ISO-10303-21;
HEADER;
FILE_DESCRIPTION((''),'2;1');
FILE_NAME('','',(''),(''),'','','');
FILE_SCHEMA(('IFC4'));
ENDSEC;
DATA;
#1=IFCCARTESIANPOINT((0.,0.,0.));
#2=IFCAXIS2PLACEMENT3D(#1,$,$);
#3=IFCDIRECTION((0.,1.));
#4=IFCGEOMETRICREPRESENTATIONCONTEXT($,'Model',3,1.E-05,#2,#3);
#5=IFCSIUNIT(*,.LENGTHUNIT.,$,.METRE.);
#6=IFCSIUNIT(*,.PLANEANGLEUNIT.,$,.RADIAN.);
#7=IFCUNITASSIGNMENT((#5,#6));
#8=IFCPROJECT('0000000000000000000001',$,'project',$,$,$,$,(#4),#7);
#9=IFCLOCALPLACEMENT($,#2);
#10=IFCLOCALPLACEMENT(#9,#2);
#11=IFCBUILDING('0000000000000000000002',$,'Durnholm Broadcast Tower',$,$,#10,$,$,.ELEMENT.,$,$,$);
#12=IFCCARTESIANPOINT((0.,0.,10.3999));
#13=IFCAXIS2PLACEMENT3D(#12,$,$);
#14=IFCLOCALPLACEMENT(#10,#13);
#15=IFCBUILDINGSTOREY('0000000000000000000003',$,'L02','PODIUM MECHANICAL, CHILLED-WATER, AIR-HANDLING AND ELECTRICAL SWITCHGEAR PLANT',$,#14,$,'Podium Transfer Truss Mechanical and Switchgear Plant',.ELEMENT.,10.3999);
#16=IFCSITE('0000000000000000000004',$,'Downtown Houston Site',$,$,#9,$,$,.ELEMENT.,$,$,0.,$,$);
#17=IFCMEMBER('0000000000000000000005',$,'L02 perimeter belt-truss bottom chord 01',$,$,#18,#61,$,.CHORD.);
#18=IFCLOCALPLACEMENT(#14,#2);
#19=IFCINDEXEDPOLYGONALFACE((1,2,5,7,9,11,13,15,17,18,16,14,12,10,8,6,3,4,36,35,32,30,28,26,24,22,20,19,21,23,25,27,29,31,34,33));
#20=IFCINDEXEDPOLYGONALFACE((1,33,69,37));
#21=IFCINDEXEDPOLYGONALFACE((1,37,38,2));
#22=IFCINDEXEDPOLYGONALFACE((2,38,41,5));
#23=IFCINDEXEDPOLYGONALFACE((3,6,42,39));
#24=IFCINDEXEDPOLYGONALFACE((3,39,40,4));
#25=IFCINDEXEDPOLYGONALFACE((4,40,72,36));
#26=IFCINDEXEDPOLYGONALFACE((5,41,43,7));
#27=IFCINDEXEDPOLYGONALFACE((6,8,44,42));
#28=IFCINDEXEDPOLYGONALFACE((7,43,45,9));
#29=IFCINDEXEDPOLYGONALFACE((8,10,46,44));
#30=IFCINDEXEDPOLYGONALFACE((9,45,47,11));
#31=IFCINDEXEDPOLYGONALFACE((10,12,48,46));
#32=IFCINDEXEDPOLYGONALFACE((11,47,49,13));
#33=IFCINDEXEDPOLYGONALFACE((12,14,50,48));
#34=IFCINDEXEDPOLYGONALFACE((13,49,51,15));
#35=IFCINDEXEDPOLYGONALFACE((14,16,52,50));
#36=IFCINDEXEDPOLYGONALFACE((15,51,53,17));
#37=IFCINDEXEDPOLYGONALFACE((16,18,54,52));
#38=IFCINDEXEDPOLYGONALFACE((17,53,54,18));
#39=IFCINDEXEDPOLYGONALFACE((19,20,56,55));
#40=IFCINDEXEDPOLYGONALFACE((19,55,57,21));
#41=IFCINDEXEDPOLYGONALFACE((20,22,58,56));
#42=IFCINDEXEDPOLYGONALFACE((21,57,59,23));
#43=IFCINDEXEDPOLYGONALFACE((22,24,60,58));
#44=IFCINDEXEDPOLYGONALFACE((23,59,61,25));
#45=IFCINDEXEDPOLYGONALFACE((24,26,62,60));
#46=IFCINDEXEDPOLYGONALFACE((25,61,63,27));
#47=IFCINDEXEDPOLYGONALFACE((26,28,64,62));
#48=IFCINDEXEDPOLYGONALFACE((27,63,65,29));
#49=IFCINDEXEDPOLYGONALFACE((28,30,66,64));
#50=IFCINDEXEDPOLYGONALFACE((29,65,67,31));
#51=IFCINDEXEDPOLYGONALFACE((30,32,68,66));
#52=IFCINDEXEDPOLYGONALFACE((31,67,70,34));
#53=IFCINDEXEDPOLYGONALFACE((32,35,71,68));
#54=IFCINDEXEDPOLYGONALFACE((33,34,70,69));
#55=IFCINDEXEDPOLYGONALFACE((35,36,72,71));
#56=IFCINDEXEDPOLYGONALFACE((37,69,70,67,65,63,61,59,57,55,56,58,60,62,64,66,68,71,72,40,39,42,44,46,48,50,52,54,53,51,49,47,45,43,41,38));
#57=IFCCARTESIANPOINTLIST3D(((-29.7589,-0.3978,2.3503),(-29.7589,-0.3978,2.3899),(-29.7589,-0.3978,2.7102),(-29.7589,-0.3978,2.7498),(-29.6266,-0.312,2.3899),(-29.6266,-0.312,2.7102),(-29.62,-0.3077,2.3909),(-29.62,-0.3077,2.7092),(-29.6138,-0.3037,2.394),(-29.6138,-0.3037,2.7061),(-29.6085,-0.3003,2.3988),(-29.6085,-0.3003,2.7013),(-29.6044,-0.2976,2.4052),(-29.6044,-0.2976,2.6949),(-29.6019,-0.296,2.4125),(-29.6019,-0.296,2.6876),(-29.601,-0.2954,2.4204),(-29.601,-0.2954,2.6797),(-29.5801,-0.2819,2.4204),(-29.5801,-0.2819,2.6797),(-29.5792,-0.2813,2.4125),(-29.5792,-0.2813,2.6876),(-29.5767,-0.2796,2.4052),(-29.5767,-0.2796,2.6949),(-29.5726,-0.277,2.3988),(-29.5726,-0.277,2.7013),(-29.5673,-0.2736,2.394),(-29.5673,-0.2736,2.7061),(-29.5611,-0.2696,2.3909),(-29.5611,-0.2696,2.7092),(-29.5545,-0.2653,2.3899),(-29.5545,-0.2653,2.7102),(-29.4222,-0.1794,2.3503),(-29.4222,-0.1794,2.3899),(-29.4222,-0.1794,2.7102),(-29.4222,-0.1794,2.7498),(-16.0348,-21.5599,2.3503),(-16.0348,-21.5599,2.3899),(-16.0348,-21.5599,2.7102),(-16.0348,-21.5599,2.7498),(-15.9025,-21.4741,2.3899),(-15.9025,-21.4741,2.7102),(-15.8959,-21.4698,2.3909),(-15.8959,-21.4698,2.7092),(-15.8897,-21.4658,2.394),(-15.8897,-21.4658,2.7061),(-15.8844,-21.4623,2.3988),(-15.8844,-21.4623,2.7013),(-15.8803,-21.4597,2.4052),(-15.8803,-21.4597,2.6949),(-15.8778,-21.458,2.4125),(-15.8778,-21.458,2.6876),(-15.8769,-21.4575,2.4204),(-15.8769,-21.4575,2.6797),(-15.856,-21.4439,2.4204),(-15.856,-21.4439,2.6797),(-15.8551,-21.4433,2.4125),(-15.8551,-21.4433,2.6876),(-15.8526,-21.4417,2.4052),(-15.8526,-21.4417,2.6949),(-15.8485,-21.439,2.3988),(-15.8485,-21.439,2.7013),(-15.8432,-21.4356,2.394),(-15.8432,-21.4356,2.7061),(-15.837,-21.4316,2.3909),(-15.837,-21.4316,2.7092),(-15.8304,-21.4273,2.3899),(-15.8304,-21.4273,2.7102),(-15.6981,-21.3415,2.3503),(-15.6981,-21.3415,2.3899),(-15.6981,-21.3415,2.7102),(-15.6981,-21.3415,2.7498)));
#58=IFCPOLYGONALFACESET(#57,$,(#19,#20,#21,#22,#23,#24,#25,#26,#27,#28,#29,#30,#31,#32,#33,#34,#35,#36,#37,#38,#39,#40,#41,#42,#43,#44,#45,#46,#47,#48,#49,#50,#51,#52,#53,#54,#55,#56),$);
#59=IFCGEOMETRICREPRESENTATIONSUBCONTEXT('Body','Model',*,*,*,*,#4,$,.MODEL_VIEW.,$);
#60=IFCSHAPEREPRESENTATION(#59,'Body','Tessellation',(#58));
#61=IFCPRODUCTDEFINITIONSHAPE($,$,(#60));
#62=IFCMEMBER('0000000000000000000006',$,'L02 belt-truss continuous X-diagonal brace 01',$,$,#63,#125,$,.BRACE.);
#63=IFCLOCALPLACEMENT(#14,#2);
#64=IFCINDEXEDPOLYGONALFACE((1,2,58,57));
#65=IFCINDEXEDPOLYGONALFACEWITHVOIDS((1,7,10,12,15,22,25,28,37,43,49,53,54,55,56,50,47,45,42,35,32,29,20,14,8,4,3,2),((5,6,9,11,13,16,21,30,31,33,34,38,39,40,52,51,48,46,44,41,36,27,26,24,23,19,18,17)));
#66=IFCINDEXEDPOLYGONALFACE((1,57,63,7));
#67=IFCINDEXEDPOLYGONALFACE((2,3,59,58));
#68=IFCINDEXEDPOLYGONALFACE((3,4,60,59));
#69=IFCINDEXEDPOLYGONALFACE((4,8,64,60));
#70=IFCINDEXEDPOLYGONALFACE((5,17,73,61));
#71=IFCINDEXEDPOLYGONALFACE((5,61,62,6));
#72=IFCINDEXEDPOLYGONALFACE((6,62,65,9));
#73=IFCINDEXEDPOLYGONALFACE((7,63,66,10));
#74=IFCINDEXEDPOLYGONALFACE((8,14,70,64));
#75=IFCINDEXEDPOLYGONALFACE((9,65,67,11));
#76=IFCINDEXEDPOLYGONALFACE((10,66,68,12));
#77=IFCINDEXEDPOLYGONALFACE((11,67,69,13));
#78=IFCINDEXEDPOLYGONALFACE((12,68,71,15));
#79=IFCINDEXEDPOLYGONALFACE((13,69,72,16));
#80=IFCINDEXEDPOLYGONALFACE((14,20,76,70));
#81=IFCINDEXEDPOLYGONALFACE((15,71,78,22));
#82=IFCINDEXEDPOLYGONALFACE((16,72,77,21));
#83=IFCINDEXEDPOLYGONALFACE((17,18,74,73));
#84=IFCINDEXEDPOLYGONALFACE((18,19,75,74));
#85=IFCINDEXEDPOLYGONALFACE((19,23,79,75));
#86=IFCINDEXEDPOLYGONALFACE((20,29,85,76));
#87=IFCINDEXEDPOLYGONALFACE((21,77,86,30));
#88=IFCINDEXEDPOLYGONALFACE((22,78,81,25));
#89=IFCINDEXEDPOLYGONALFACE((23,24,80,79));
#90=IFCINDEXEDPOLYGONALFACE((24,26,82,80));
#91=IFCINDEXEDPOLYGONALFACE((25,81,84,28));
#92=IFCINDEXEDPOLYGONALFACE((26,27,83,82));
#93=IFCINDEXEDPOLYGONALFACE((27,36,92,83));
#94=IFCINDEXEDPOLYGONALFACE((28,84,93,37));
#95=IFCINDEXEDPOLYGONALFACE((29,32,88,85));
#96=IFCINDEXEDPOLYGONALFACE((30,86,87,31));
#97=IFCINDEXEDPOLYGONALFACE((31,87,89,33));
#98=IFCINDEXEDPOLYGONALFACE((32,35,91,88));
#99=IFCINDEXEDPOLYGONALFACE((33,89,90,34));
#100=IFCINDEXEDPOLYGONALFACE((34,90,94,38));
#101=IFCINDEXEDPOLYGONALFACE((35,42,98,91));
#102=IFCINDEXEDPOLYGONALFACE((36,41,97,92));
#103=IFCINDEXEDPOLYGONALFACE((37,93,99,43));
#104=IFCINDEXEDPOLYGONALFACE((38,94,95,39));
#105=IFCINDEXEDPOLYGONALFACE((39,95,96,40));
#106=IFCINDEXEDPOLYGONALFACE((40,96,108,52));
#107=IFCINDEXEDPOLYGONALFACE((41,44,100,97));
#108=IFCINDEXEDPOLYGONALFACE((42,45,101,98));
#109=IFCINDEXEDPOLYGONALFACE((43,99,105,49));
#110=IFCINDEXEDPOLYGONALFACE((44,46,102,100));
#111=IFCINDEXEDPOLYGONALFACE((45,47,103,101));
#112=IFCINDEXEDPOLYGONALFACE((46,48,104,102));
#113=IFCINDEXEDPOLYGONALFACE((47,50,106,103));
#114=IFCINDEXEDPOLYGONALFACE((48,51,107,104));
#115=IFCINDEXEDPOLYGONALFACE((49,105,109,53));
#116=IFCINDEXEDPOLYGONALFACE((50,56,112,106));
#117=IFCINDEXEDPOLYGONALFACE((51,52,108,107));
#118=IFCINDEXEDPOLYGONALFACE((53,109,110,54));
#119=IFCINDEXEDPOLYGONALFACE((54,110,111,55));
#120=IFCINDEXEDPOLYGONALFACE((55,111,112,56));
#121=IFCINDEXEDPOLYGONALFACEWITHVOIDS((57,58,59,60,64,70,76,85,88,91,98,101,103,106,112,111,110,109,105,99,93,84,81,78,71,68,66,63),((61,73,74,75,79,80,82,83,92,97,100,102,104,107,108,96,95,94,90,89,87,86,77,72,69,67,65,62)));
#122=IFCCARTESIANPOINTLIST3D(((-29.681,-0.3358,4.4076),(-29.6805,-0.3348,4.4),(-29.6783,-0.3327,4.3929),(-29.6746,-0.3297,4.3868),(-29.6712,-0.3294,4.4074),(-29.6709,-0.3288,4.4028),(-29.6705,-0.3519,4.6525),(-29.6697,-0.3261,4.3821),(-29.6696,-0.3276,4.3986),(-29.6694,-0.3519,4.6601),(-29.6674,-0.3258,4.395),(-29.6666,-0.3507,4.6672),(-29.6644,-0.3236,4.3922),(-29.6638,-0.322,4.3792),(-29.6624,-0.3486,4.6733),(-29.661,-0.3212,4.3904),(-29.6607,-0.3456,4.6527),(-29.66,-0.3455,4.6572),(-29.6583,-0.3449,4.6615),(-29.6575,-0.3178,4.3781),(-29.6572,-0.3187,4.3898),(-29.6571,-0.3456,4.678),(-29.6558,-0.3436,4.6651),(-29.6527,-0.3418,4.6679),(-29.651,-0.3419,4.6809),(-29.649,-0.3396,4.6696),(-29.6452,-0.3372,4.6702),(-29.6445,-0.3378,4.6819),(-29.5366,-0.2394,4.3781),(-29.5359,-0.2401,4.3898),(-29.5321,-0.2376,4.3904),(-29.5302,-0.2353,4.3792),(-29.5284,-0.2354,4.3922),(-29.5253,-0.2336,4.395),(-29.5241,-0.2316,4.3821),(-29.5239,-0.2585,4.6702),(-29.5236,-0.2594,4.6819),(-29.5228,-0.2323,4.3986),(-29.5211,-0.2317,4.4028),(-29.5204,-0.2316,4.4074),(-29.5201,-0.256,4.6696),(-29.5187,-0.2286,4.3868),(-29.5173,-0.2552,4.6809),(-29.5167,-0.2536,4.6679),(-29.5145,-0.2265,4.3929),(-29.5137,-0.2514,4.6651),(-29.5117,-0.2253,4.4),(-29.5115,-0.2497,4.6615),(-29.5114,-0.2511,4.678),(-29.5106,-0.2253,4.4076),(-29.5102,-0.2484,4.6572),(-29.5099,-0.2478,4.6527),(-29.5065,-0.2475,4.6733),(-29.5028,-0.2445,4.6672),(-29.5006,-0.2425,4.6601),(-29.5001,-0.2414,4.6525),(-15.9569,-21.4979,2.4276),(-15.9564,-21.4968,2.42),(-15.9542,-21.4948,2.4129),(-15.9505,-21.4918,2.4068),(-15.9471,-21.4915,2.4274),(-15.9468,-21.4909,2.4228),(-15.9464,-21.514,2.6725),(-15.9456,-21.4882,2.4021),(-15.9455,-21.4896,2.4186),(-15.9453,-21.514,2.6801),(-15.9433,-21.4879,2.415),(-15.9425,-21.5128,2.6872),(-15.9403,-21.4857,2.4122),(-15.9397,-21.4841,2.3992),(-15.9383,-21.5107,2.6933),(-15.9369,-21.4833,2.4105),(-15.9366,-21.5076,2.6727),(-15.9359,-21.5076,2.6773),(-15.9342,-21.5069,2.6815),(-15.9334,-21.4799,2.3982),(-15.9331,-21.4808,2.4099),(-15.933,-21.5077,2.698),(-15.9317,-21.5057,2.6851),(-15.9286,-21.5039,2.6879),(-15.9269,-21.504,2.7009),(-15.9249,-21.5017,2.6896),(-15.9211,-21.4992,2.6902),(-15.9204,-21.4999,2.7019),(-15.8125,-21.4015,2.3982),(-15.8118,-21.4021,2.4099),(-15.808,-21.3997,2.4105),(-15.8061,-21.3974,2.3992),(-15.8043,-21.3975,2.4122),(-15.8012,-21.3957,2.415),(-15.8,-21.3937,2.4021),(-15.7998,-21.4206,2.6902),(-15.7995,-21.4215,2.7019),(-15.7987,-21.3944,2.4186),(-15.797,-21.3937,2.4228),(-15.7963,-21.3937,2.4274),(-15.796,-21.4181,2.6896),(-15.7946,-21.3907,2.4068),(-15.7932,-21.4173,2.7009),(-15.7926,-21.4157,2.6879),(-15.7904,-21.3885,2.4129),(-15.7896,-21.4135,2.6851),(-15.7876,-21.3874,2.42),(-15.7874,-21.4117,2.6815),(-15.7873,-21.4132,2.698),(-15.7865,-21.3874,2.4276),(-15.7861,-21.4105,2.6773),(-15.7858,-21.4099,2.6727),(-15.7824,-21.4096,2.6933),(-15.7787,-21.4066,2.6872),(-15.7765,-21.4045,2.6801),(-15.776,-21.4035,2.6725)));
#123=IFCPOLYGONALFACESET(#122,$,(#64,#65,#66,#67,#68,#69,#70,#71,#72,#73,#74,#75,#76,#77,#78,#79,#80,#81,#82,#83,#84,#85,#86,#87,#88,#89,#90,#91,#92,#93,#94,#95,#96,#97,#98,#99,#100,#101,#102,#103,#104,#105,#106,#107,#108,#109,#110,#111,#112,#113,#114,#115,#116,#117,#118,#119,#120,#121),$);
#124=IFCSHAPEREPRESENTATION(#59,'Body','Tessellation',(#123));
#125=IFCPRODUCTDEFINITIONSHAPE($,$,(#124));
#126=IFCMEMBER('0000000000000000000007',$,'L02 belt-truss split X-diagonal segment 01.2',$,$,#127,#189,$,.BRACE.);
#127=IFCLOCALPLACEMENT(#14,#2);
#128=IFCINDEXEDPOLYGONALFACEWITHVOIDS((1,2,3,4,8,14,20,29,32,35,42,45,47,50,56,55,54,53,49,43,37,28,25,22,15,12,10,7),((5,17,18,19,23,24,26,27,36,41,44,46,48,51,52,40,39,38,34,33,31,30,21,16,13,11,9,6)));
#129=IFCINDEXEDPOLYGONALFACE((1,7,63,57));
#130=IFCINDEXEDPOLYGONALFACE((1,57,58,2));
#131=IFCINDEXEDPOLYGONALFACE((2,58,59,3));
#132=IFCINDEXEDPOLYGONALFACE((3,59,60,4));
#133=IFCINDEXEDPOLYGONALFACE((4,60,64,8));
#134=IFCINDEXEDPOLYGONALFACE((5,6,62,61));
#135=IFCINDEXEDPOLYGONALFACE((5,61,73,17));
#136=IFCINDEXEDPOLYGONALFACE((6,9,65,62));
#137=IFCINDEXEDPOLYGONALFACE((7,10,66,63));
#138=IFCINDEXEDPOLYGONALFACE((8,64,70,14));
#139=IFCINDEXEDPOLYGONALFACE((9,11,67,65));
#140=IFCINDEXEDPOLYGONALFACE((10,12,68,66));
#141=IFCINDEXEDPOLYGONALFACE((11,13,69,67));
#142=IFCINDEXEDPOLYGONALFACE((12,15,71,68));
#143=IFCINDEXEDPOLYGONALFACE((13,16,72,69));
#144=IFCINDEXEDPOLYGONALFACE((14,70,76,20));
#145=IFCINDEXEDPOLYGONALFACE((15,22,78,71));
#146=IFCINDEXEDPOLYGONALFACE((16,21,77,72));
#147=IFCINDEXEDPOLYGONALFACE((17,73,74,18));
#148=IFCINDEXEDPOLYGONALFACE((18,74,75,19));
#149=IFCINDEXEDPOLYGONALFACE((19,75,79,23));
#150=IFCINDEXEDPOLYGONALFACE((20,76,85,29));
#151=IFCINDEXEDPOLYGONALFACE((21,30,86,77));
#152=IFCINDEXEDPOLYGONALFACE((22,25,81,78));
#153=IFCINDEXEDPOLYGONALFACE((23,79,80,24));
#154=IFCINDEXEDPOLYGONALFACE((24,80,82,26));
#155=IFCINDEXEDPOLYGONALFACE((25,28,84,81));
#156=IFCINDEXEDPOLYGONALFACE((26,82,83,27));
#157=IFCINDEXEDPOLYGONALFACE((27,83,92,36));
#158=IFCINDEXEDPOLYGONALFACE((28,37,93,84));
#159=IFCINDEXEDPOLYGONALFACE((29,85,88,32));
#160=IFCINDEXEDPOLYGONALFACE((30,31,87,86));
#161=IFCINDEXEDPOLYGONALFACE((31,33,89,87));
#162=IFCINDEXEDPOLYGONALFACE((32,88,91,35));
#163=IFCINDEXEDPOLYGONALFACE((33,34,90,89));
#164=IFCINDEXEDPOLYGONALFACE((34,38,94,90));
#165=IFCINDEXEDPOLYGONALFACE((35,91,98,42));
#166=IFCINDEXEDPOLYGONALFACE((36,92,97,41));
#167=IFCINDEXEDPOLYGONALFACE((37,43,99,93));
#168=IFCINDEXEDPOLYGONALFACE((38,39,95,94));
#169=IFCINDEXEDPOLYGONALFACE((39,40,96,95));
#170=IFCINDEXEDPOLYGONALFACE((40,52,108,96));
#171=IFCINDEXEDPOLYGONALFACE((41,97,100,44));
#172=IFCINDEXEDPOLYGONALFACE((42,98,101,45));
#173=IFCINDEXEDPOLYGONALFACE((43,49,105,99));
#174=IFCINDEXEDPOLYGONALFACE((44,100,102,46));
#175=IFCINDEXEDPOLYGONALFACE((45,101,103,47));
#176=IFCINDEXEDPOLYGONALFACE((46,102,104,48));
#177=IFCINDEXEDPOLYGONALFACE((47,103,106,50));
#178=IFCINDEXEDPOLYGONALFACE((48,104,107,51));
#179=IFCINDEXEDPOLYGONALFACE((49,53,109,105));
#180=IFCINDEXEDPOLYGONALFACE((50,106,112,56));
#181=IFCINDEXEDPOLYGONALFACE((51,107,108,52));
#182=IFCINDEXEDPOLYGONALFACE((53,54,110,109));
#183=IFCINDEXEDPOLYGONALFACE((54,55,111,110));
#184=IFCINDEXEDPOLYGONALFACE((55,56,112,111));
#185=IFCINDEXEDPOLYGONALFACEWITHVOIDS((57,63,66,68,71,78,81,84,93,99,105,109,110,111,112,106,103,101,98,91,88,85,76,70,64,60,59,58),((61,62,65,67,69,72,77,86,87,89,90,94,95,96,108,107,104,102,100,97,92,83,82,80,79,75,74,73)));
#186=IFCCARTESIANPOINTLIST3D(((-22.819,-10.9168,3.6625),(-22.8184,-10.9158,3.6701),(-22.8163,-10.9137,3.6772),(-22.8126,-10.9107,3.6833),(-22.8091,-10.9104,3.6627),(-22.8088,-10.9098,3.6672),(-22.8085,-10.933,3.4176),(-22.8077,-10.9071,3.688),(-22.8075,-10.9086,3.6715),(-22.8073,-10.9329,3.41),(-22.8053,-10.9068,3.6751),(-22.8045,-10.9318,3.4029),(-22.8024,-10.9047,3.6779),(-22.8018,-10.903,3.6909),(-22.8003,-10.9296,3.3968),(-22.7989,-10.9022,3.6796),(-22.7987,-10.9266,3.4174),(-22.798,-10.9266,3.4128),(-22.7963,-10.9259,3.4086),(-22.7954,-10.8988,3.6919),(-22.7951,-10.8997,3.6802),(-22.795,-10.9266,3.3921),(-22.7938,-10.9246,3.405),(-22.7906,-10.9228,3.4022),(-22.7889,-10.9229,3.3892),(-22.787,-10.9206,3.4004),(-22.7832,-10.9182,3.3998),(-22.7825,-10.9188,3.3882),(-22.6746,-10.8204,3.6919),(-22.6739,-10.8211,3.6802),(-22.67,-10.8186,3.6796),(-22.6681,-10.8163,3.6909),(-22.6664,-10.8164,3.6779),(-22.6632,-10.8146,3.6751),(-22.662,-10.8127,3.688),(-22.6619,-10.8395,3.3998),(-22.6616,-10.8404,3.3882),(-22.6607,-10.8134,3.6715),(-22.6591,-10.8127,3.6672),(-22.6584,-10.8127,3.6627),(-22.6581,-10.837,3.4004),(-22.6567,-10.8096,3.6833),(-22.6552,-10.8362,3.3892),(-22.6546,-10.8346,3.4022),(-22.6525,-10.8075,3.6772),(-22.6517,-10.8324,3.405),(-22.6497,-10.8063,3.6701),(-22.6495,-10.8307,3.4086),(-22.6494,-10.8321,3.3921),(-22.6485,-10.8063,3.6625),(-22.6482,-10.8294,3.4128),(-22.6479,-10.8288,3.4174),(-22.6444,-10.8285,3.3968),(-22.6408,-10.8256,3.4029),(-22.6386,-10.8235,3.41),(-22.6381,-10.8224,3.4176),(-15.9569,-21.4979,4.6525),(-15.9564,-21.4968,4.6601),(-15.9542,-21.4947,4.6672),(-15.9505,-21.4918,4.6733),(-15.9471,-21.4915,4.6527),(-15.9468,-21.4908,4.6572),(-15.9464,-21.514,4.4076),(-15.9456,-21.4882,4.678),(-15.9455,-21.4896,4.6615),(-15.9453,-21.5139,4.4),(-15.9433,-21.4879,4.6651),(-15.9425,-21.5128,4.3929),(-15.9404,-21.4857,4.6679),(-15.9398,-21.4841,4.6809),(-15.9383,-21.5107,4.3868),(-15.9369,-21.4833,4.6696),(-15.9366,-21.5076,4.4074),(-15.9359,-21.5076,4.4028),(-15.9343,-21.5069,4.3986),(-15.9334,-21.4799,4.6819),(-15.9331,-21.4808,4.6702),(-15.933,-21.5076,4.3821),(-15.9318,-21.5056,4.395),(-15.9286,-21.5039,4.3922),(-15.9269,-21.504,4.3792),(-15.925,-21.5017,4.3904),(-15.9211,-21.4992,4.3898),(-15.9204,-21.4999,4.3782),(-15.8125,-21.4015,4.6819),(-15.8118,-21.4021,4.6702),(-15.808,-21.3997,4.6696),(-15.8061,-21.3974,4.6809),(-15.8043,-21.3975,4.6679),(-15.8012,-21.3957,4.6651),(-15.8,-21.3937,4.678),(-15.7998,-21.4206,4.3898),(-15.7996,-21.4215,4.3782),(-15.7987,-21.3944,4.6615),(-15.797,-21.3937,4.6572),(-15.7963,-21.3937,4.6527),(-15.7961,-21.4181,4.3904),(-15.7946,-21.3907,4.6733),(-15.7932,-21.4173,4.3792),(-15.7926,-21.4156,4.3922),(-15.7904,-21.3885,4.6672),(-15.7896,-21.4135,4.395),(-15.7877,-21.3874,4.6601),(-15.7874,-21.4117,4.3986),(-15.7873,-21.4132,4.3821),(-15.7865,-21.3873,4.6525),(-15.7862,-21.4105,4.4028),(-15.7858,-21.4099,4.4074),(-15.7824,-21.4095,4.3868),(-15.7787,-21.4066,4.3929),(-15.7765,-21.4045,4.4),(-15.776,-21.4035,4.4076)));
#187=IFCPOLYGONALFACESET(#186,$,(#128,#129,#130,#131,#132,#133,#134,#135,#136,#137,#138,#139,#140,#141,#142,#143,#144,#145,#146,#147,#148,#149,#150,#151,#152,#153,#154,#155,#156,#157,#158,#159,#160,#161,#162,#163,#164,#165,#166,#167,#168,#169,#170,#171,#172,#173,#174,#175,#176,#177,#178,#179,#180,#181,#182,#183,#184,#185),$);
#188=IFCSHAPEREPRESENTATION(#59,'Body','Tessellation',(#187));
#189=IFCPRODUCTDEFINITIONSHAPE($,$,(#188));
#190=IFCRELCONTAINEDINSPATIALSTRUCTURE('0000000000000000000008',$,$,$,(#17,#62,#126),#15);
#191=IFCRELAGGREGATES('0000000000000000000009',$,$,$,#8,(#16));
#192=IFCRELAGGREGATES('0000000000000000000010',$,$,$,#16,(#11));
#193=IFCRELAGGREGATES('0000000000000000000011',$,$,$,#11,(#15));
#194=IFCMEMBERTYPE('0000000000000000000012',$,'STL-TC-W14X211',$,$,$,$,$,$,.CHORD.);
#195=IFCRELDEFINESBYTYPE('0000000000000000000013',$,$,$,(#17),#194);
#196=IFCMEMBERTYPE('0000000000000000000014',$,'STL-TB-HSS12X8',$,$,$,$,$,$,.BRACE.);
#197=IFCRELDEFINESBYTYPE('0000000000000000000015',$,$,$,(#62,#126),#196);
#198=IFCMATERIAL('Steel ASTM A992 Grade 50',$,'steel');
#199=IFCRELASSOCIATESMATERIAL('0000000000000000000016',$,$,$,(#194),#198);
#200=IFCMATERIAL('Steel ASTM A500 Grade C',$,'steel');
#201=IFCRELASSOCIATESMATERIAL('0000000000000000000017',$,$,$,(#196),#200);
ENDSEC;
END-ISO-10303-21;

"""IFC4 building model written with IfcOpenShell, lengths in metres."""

from ifc_helpers import new_model, si_unit, direction, frame, origin, origin_2d, place, context, subcontext, project, spatial, hollow_rectangle, i_section, extrude, source, transform, mapped, material, material_profile, profile_set, type_object, type_shapes, element, save


model = new_model("IFC4")

# Units and contexts
model_context = context("Model", 3, precision=1e-05, world=origin(), true_north=direction((0.0, 1.0)))
body_context = subcontext(model_context, "Body", "Model", "MODEL_VIEW")
ifc_project = project(units=[si_unit("LENGTHUNIT", "METRE"), si_unit("PLANEANGLEUNIT", "RADIAN")], contexts=[model_context])

# Site, building, storey
site_placement = place(None, origin())
site = spatial("IfcSite", under=ifc_project, at=site_placement, Name="Downtown Houston Site", CompositionType="ELEMENT", RefElevation=0.0)
building_placement = place(site_placement, origin())
building = spatial("IfcBuilding", under=site, at=building_placement, Name="Durnholm Broadcast Tower", CompositionType="ELEMENT")
storey_placement = place(building_placement, frame((0.0, 0.0, 10.3999)))
storey = spatial("IfcBuildingStorey", under=building, at=storey_placement, Name="L02", Description="PODIUM MECHANICAL, CHILLED-WATER, AIR-HANDLING AND ELECTRICAL SWITCHGEAR PLANT", LongName="Podium Transfer Truss Mechanical and Switchgear Plant", CompositionType="ELEMENT", Elevation=10.3999)

# Shared definitions
ifc_material_1 = material(Name="Steel ASTM A992 Grade 50", Category="steel")

# Members
ifc_material_profile_1 = material_profile(ifc_material_1, i_section(OverallWidth=0.4014, OverallDepth=0.3994, WebThickness=0.0249, FlangeThickness=0.0396, FilletRadius=0.0305, at=origin_2d()), Name="W14X211")
ifc_profile_set_1 = profile_set([ifc_material_profile_1], Name="Steel ASTM A992 Grade 50")
member_type_1 = type_object("IfcMemberType", Name="STL-TC-W14X211", PredefinedType="CHORD", material=ifc_profile_set_1)
shared_shape_1 = source(origin(), body_context, "Body", "SweptSolid", [
    extrude(i_section(OverallWidth=0.4014, OverallDepth=0.3994, WebThickness=0.0249, FlangeThickness=0.0396, FilletRadius=0.0305, at=origin_2d()), origin(), (0.0, 0.0, 1.0), 25.2227),
])
type_shapes(member_type_1, [shared_shape_1])
member_1_placement = place(storey_placement, frame((-15.8665, -21.4507, 2.55), z_axis=(-0.544117, 0.839009, 0.0), x_axis=(-0.839009, -0.544117, 0.0)))
element("IfcMember", 1, at=member_1_placement, inside=storey, type_object=member_type_1, Name="L02 perimeter belt-truss bottom chord 01", PredefinedType="CHORD", context=body_context, shape_type="MappedRepresentation", body=[
    mapped(shared_shape_1, transform((0.0, 0.0, 0.0), x_axis=(1.0, 0.0, 0.0), y_axis=(0.0, 1.0, 0.0), z_axis=(0.0, 0.0, 1.0), scale=1.0)),
])
ifc_material_2 = material(Name="Steel ASTM A500 Grade C", Category="steel")
ifc_material_profile_2 = material_profile(ifc_material_2, hollow_rectangle(XDim=0.2031, YDim=0.3047, WallThickness=0.0117, InnerFilletRadius=0.0176, OuterFilletRadius=0.0295, at=origin_2d()), Name="HSS12X8X1/2")
ifc_profile_set_2 = profile_set([ifc_material_profile_2], Name="Steel ASTM A500 Grade C")
member_type_2 = type_object("IfcMemberType", Name="STL-TB-HSS12X8", PredefinedType="BRACE", material=ifc_profile_set_2)
shared_shape_2 = source(origin(), body_context, "Body", "SweptSolid", [
    extrude(hollow_rectangle(XDim=0.2031, YDim=0.3047, WallThickness=0.0117, InnerFilletRadius=0.0176, OuterFilletRadius=0.0295, at=origin_2d()), origin(), (0.0, 0.0, 1.0), 25.3003),
])
member_2_placement = place(storey_placement, frame((-15.8665, -21.4507, 2.55), z_axis=(-0.542448, 0.836436, 0.078259), x_axis=(-0.839009, -0.544117, 0.0)))
element("IfcMember", 2, at=member_2_placement, inside=storey, type_object=member_type_2, Name="L02 belt-truss continuous X-diagonal brace 01", PredefinedType="BRACE", context=body_context, shape_type="MappedRepresentation", body=[
    mapped(shared_shape_2, transform((0.0, 0.0, 0.0), x_axis=(1.0, 0.0, 0.0), y_axis=(0.0, 1.0, 0.0), z_axis=(0.0, 0.0, 1.0), scale=1.0)),
])
shared_shape_3 = source(origin(), body_context, "Body", "SweptSolid", [
    extrude(hollow_rectangle(XDim=0.2031, YDim=0.3047, WallThickness=0.0117, InnerFilletRadius=0.0176, OuterFilletRadius=0.0295, at=origin_2d()), origin(), (0.0, 0.0, 1.0), 12.6501),
])
type_shapes(member_type_2, [shared_shape_2, shared_shape_3])
member_3_placement = place(storey_placement, frame((-22.7285, -10.8696, 3.54), z_axis=(0.542448, -0.836436, 0.078259), x_axis=(0.839009, 0.544117, 0.0)))
element("IfcMember", 3, at=member_3_placement, inside=storey, type_object=member_type_2, Name="L02 belt-truss split X-diagonal segment 01.2", PredefinedType="BRACE", context=body_context, shape_type="MappedRepresentation", body=[
    mapped(shared_shape_3, transform((0.0, 0.0, 0.0), x_axis=(1.0, 0.0, 0.0), y_axis=(0.0, 1.0, 0.0), z_axis=(0.0, 0.0, 1.0), scale=1.0)),
])

save(model, "model.ifc")
